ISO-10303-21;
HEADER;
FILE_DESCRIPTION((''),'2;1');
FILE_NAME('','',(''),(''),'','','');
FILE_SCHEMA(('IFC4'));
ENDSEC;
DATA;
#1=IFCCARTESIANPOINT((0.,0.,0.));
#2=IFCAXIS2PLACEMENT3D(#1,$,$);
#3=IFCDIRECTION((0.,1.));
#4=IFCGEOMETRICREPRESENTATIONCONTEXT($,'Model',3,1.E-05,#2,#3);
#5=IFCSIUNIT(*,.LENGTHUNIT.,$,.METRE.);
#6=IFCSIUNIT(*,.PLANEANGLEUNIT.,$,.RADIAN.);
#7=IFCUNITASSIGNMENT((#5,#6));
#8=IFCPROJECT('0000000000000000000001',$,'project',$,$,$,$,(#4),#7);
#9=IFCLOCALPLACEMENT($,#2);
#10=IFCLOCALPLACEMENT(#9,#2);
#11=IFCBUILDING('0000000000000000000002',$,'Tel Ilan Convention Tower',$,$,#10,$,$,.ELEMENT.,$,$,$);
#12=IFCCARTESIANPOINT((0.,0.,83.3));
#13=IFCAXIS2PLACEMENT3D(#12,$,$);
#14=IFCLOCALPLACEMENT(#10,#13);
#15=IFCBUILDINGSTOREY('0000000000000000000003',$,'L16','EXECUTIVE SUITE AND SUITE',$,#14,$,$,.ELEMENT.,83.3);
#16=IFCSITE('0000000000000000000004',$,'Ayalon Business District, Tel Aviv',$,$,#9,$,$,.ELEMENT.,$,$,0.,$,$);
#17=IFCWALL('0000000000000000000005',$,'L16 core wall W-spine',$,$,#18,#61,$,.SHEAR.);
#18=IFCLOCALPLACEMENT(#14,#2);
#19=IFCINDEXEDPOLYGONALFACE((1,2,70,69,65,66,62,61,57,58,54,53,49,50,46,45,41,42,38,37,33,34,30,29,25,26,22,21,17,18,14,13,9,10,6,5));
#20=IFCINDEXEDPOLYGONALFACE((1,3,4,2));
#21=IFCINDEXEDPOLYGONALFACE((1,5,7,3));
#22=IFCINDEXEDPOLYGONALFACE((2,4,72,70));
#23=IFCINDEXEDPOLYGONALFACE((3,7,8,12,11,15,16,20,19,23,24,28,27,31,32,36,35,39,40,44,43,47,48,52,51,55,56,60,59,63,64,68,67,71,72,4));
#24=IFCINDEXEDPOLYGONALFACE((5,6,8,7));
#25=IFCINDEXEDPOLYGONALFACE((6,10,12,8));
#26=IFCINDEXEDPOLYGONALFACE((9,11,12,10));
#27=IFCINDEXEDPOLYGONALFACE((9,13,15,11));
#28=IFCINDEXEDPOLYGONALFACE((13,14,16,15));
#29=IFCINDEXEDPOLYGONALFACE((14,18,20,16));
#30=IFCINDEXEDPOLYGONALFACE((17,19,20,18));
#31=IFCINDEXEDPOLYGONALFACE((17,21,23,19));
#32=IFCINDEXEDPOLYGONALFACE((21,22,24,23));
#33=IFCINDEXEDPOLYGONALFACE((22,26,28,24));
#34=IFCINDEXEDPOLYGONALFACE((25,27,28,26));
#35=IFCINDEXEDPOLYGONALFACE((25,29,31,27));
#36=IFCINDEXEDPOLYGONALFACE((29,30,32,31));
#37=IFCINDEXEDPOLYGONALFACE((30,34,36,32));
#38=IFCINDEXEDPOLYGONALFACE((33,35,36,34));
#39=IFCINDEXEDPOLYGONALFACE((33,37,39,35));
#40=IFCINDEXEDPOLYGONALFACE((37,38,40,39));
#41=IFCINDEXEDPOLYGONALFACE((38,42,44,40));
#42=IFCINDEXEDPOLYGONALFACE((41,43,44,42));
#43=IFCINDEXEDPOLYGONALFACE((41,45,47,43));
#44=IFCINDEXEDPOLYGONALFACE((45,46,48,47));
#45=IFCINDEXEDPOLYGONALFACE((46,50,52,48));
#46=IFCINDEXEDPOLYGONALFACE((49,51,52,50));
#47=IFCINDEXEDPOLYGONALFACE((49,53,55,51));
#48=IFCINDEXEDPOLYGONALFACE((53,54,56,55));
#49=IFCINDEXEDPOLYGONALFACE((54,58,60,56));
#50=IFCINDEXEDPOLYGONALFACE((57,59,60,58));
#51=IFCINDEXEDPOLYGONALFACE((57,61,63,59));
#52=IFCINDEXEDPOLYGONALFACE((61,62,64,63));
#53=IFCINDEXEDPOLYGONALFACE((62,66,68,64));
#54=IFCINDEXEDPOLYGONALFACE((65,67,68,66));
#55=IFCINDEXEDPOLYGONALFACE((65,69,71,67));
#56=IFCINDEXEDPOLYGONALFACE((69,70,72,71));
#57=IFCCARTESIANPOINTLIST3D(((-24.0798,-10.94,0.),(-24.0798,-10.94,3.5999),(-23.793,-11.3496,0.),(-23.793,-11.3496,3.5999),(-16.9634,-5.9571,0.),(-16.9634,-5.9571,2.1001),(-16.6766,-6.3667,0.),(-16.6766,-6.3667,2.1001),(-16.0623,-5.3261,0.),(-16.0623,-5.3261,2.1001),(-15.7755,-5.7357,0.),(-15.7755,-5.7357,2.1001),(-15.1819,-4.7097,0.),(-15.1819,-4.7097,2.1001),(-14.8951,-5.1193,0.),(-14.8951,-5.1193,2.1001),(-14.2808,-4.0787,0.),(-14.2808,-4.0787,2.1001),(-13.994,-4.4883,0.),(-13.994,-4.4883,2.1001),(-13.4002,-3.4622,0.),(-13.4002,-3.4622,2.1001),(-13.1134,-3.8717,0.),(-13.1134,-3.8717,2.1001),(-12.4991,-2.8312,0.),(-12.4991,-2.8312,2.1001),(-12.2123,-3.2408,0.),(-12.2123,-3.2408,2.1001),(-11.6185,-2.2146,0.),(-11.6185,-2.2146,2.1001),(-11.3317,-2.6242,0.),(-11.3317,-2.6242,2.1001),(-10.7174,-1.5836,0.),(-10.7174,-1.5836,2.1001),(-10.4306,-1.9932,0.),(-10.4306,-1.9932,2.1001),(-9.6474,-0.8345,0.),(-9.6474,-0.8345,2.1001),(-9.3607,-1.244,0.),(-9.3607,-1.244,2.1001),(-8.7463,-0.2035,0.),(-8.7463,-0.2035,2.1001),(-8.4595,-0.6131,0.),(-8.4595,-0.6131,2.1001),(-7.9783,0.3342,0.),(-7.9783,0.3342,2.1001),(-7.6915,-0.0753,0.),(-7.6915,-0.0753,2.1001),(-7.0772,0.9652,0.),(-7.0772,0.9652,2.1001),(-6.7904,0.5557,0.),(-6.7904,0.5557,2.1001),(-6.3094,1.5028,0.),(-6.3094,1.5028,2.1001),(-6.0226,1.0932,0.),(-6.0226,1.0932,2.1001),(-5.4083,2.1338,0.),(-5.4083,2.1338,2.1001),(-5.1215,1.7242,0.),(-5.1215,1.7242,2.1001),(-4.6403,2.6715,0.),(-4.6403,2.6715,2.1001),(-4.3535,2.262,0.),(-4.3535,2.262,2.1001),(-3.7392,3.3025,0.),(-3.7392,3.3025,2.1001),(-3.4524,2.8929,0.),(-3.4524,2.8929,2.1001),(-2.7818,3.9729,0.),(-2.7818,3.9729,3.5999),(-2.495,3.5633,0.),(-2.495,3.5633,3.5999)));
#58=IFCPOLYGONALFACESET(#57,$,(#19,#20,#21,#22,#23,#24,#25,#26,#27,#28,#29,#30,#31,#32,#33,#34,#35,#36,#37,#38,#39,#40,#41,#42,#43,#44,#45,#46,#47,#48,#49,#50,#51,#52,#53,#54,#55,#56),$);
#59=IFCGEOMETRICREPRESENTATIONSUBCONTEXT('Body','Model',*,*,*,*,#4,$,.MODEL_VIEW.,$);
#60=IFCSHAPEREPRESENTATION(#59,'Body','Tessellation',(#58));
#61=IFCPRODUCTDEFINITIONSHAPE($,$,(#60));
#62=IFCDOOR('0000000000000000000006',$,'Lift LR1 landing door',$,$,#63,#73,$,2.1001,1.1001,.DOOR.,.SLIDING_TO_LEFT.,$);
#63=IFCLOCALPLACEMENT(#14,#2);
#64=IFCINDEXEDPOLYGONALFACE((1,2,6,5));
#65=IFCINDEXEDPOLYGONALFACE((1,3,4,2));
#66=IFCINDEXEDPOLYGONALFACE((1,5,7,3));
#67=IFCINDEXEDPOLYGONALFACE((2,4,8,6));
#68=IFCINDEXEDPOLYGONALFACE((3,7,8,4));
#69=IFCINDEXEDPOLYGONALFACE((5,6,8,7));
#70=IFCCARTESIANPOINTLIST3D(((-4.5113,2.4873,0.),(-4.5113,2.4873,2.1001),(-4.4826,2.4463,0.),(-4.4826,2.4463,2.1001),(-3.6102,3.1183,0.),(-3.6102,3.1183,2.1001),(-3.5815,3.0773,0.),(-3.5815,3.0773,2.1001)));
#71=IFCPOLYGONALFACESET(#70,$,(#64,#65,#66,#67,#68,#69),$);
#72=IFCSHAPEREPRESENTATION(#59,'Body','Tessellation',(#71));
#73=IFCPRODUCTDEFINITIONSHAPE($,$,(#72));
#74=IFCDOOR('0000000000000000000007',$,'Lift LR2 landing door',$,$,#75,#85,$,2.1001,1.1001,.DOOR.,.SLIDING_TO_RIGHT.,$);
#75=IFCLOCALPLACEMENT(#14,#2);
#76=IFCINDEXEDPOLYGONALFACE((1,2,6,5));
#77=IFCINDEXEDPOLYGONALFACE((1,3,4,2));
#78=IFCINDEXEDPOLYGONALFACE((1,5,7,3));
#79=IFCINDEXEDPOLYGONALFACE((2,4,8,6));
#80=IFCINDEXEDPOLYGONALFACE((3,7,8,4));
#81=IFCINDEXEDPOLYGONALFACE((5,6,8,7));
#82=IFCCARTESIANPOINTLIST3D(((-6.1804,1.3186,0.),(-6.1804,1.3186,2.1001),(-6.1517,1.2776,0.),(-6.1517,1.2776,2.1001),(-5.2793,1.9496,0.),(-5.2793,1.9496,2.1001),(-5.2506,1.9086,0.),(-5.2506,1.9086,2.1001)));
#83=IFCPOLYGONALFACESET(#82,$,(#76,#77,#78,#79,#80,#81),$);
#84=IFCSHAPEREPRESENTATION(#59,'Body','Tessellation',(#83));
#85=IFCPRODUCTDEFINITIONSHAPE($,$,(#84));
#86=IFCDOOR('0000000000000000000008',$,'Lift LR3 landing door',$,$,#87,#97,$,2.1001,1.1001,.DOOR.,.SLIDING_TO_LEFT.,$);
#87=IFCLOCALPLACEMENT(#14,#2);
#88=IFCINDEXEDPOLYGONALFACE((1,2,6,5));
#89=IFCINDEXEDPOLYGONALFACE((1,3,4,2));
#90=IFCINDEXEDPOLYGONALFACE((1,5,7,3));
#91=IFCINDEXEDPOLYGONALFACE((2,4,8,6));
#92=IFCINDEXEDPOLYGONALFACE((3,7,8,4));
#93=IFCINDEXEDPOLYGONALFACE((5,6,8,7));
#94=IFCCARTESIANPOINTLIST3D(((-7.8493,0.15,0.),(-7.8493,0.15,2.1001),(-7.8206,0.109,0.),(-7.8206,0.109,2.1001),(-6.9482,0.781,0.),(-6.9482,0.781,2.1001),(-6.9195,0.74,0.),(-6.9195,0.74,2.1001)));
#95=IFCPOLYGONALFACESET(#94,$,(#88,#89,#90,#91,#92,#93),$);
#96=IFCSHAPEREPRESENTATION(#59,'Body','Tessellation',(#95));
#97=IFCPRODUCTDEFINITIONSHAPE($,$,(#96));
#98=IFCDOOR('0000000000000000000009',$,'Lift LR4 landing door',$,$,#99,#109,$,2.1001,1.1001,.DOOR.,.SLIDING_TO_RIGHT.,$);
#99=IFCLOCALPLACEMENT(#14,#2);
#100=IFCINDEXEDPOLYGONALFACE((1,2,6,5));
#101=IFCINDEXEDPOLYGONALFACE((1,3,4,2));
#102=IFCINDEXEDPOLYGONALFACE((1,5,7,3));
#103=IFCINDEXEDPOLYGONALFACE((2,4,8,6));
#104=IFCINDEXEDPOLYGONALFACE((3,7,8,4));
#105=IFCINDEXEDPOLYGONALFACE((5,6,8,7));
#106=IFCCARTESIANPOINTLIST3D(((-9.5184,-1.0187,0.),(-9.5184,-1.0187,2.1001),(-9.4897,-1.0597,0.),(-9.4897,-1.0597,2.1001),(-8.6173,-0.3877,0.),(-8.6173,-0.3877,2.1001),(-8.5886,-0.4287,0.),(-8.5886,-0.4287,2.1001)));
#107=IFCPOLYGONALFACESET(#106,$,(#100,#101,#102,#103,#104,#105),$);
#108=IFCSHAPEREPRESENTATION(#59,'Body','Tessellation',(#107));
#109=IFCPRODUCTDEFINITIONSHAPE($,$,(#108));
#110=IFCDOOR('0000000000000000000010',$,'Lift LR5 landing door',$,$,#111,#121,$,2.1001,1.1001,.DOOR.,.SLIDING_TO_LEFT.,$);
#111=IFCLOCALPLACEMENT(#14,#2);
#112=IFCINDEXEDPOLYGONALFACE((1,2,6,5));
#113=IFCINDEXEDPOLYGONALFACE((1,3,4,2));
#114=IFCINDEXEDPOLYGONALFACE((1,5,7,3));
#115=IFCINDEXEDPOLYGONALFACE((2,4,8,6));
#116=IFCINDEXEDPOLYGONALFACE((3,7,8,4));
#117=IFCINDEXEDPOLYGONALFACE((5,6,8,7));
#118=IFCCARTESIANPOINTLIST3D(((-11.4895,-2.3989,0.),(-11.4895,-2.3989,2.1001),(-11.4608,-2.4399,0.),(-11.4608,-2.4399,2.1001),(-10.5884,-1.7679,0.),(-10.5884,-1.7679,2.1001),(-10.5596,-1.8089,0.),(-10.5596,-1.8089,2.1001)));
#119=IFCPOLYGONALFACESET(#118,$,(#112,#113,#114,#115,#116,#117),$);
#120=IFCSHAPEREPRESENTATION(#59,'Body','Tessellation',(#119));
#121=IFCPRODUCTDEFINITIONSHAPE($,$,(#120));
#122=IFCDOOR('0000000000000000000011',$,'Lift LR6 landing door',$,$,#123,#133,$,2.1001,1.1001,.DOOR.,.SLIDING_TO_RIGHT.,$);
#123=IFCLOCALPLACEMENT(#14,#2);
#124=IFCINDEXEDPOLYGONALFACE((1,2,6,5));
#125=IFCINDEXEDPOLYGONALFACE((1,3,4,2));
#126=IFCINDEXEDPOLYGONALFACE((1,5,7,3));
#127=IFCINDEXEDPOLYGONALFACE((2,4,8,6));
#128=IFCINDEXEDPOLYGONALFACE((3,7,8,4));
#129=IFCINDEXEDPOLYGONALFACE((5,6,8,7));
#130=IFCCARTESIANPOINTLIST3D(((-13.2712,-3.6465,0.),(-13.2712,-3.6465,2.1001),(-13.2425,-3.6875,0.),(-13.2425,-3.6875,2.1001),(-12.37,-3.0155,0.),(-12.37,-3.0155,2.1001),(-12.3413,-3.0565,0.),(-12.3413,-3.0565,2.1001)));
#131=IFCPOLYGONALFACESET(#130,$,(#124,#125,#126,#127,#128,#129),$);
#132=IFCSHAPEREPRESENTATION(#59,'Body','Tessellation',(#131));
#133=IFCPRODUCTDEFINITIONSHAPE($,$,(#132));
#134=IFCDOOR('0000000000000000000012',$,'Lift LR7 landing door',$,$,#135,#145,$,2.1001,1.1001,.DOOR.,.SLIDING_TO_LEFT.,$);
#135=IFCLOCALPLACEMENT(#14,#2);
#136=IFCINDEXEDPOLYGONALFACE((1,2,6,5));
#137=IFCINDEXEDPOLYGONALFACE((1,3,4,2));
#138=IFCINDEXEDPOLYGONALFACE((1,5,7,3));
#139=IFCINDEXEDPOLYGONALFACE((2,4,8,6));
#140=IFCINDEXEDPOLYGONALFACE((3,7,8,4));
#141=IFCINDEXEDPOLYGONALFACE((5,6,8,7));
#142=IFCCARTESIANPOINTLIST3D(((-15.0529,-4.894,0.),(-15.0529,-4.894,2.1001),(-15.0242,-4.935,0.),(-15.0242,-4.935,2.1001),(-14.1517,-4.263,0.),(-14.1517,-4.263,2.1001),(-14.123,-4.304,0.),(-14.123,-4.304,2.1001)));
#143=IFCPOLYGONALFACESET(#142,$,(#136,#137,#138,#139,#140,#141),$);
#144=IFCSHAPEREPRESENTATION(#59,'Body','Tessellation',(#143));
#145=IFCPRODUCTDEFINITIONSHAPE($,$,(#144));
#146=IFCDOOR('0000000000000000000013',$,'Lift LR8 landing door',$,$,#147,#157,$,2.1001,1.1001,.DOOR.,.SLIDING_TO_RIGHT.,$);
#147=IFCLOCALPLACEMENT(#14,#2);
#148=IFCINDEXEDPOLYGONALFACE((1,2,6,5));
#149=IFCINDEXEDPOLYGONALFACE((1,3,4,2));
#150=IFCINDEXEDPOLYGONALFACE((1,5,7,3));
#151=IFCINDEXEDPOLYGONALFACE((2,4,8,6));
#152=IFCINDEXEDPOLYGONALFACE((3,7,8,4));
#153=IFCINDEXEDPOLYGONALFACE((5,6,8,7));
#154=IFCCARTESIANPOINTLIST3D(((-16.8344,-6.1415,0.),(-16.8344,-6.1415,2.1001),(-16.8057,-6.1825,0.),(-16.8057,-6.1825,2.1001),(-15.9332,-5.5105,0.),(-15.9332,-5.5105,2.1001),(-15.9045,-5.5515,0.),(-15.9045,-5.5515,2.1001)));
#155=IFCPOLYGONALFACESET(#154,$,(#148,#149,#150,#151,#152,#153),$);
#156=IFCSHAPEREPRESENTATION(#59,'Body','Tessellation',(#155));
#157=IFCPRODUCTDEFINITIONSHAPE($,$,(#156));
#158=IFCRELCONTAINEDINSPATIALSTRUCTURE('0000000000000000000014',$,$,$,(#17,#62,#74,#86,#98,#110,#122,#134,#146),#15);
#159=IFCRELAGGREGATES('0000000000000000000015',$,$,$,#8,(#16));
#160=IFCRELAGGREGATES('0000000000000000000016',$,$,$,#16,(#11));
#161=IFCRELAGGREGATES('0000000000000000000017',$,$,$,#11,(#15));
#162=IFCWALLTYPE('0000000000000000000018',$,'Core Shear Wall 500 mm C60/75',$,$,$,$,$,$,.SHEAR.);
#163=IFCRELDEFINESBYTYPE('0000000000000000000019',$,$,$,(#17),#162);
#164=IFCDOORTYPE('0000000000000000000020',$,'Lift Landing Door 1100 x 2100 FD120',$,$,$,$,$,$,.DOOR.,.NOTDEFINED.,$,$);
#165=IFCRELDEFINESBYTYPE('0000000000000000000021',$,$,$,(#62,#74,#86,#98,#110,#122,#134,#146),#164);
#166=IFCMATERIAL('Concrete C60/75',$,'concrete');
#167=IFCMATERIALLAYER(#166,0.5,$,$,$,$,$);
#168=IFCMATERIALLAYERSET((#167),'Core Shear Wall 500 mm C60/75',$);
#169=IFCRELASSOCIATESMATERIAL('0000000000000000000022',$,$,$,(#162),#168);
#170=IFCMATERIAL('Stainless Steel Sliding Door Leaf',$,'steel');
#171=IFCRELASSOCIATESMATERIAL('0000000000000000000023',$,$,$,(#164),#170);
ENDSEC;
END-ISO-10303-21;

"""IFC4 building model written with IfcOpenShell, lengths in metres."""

from ifc_helpers import new_model, si_unit, direction, frame, frame_2d, origin, place, context, subcontext, project, spatial, polyline, rectangle, outline, extrude, material, layer, layer_set, type_object, element, fill, save


model = new_model("IFC4")

# Units and contexts
model_context = context("Model", 3, precision=1e-05, world=origin(), true_north=direction((0.0, 1.0)))
body_context = subcontext(model_context, "Body", "Model", "MODEL_VIEW")
ifc_project = project(units=[si_unit("LENGTHUNIT", "METRE"), si_unit("PLANEANGLEUNIT", "RADIAN")], contexts=[model_context])

# Site, building, storey
site_placement = place(None, origin())
site = spatial("IfcSite", under=ifc_project, at=site_placement, Name="Ayalon Business District, Tel Aviv", CompositionType="ELEMENT", RefElevation=0.0)
building_placement = place(site_placement, origin())
building = spatial("IfcBuilding", under=site, at=building_placement, Name="Tel Ilan Convention Tower", CompositionType="ELEMENT")
storey_placement = place(building_placement, frame((0.0, 0.0, 83.3)))
storey = spatial("IfcBuildingStorey", under=building, at=storey_placement, Name="L16", Description="EXECUTIVE SUITE AND SUITE", CompositionType="ELEMENT", Elevation=83.3)

# Wall, openings, doors
ifc_material_1 = material(Name="Concrete C60/75", Category="concrete")
ifc_layer_1 = layer(ifc_material_1, 0.5)
ifc_layer_set_1 = layer_set([ifc_layer_1], Name="Core Shear Wall 500 mm C60/75")
wall_type_1 = type_object("IfcWallType", Name="Core Shear Wall 500 mm C60/75", PredefinedType="SHEAR", material=ifc_layer_set_1)
wall_1_placement = place(storey_placement, frame((-2.6384, 3.7681, 0.0), z_axis=(0.0, 0.0, 1.0), x_axis=(-0.819149, -0.573581, 0.0)))
wall_1 = element("IfcWall", 1, at=wall_1_placement, inside=storey, type_object=wall_type_1, Name="L16 core wall W-spine", PredefinedType="SHEAR", context=body_context, shape_type="SweptSolid", body=[
    extrude(outline(polyline([(26.0, 0.2498), (0.0, 0.25), (0.0, -0.25), (26.0, -0.2502), (26.0, 0.2498)])), origin(), (0.0, 0.0, 1.0), 3.5999),
])
opening_1_placement = place(wall_1_placement, frame((1.1687, 0.0, 0.0)))
opening_1 = element("IfcOpeningElement", 2, at=opening_1_placement, cuts=wall_1, PredefinedType="OPENING", context=body_context, shape_type="SweptSolid", body=[
    extrude(rectangle(XDim=1.1001, YDim=2.1001, at=frame_2d((0.55, 1.05))), frame((0.0, 0.26, 0.0), z_axis=(0.0, -1.0, 0.0), x_axis=(1.0, 0.0, 0.0)), (0.0, 0.0, 1.0), 0.52),
])
opening_2_placement = place(wall_1_placement, frame((3.2063, 0.0, 0.0)))
opening_2 = element("IfcOpeningElement", 3, at=opening_2_placement, cuts=wall_1, PredefinedType="OPENING", context=body_context, shape_type="SweptSolid", body=[
    extrude(rectangle(XDim=1.1001, YDim=2.1001, at=frame_2d((0.55, 1.05))), frame((0.0, 0.26, 0.0), z_axis=(0.0, -1.0, 0.0), x_axis=(1.0, 0.0, 0.0)), (0.0, 0.0, 1.0), 0.52),
])
opening_3_placement = place(wall_1_placement, frame((5.2437, 0.0, 0.0)))
opening_3 = element("IfcOpeningElement", 4, at=opening_3_placement, cuts=wall_1, PredefinedType="OPENING", context=body_context, shape_type="SweptSolid", body=[
    extrude(rectangle(XDim=1.1001, YDim=2.1001, at=frame_2d((0.55, 1.05))), frame((0.0, 0.26, 0.0), z_axis=(0.0, -1.0, 0.0), x_axis=(1.0, 0.0, 0.0)), (0.0, 0.0, 1.0), 0.52),
])
opening_4_placement = place(wall_1_placement, frame((7.2812, 0.0, 0.0)))
opening_4 = element("IfcOpeningElement", 5, at=opening_4_placement, cuts=wall_1, PredefinedType="OPENING", context=body_context, shape_type="SweptSolid", body=[
    extrude(rectangle(XDim=1.1001, YDim=2.1001, at=frame_2d((0.55, 1.05))), frame((0.0, 0.26, 0.0), z_axis=(0.0, -1.0, 0.0), x_axis=(1.0, 0.0, 0.0)), (0.0, 0.0, 1.0), 0.52),
])
opening_5_placement = place(wall_1_placement, frame((9.6875, 0.0, 0.0)))
opening_5 = element("IfcOpeningElement", 6, at=opening_5_placement, cuts=wall_1, PredefinedType="OPENING", context=body_context, shape_type="SweptSolid", body=[
    extrude(rectangle(XDim=1.1001, YDim=2.1001, at=frame_2d((0.55, 1.05))), frame((0.0, 0.26, 0.0), z_axis=(0.0, -1.0, 0.0), x_axis=(1.0, 0.0, 0.0)), (0.0, 0.0, 1.0), 0.52),
])
opening_6_placement = place(wall_1_placement, frame((11.8625, 0.0, 0.0)))
opening_6 = element("IfcOpeningElement", 7, at=opening_6_placement, cuts=wall_1, PredefinedType="OPENING", context=body_context, shape_type="SweptSolid", body=[
    extrude(rectangle(XDim=1.1001, YDim=2.1001, at=frame_2d((0.55, 1.05))), frame((0.0, 0.26, 0.0), z_axis=(0.0, -1.0, 0.0), x_axis=(1.0, 0.0, 0.0)), (0.0, 0.0, 1.0), 0.52),
])
opening_7_placement = place(wall_1_placement, frame((14.0376, 0.0, 0.0)))
opening_7 = element("IfcOpeningElement", 8, at=opening_7_placement, cuts=wall_1, PredefinedType="OPENING", context=body_context, shape_type="SweptSolid", body=[
    extrude(rectangle(XDim=1.1001, YDim=2.1001, at=frame_2d((0.55, 1.05))), frame((0.0, 0.26, 0.0), z_axis=(0.0, -1.0, 0.0), x_axis=(1.0, 0.0, 0.0)), (0.0, 0.0, 1.0), 0.52),
])
opening_8_placement = place(wall_1_placement, frame((16.2124, 0.0, 0.0)))
opening_8 = element("IfcOpeningElement", 9, at=opening_8_placement, cuts=wall_1, PredefinedType="OPENING", context=body_context, shape_type="SweptSolid", body=[
    extrude(rectangle(XDim=1.1001, YDim=2.1001, at=frame_2d((0.55, 1.05))), frame((0.0, 0.26, 0.0), z_axis=(0.0, -1.0, 0.0), x_axis=(1.0, 0.0, 0.0)), (0.0, 0.0, 1.0), 0.52),
])
ifc_material_2 = material(Name="Stainless Steel Sliding Door Leaf", Category="steel")
door_type_1 = type_object("IfcDoorType", Name="Lift Landing Door 1100 x 2100 FD120", OperationType="NOTDEFINED", PredefinedType="DOOR", material=ifc_material_2)
door_1_placement = place(opening_1_placement, origin())
door_1 = element("IfcDoor", 10, at=door_1_placement, inside=storey, type_object=door_type_1, Name="Lift LR1 landing door", OperationType="SLIDING_TO_LEFT", OverallHeight=2.1001, OverallWidth=1.1001, PredefinedType="DOOR", context=body_context, shape_type="SweptSolid", body=[
    extrude(rectangle(XDim=1.1001, YDim=2.1001, at=frame_2d((0.55, 1.05))), frame((0.0, 0.0249, 0.0), z_axis=(0.0, -1.0, 0.0), x_axis=(1.0, 0.0, 0.0)), (0.0, 0.0, 1.0), 0.05),
])
fill(opening_1, door_1)
door_2_placement = place(opening_2_placement, origin())
door_2 = element("IfcDoor", 11, at=door_2_placement, inside=storey, type_object=door_type_1, Name="Lift LR2 landing door", OperationType="SLIDING_TO_RIGHT", OverallHeight=2.1001, OverallWidth=1.1001, PredefinedType="DOOR", context=body_context, shape_type="SweptSolid", body=[
    extrude(rectangle(XDim=1.1001, YDim=2.1001, at=frame_2d((0.55, 1.05))), frame((0.0, 0.0249, 0.0), z_axis=(0.0, -1.0, 0.0), x_axis=(1.0, 0.0, 0.0)), (0.0, 0.0, 1.0), 0.05),
])
fill(opening_2, door_2)
door_3_placement = place(opening_3_placement, origin())
door_3 = element("IfcDoor", 12, at=door_3_placement, inside=storey, type_object=door_type_1, Name="Lift LR3 landing door", OperationType="SLIDING_TO_LEFT", OverallHeight=2.1001, OverallWidth=1.1001, PredefinedType="DOOR", context=body_context, shape_type="SweptSolid", body=[
    extrude(rectangle(XDim=1.1001, YDim=2.1001, at=frame_2d((0.55, 1.05))), frame((0.0, 0.0249, 0.0), z_axis=(0.0, -1.0, 0.0), x_axis=(1.0, 0.0, 0.0)), (0.0, 0.0, 1.0), 0.05),
])
fill(opening_3, door_3)
door_4_placement = place(opening_4_placement, origin())
door_4 = element("IfcDoor", 13, at=door_4_placement, inside=storey, type_object=door_type_1, Name="Lift LR4 landing door", OperationType="SLIDING_TO_RIGHT", OverallHeight=2.1001, OverallWidth=1.1001, PredefinedType="DOOR", context=body_context, shape_type="SweptSolid", body=[
    extrude(rectangle(XDim=1.1001, YDim=2.1001, at=frame_2d((0.55, 1.05))), frame((0.0, 0.0249, 0.0), z_axis=(0.0, -1.0, 0.0), x_axis=(1.0, 0.0, 0.0)), (0.0, 0.0, 1.0), 0.05),
])
fill(opening_4, door_4)
door_5_placement = place(opening_5_placement, origin())
door_5 = element("IfcDoor", 14, at=door_5_placement, inside=storey, type_object=door_type_1, Name="Lift LR5 landing door", OperationType="SLIDING_TO_LEFT", OverallHeight=2.1001, OverallWidth=1.1001, PredefinedType="DOOR", context=body_context, shape_type="SweptSolid", body=[
    extrude(rectangle(XDim=1.1001, YDim=2.1001, at=frame_2d((0.55, 1.05))), frame((0.0, 0.0249, 0.0), z_axis=(0.0, -1.0, 0.0), x_axis=(1.0, 0.0, 0.0)), (0.0, 0.0, 1.0), 0.05),
])
fill(opening_5, door_5)
door_6_placement = place(opening_6_placement, origin())
door_6 = element("IfcDoor", 15, at=door_6_placement, inside=storey, type_object=door_type_1, Name="Lift LR6 landing door", OperationType="SLIDING_TO_RIGHT", OverallHeight=2.1001, OverallWidth=1.1001, PredefinedType="DOOR", context=body_context, shape_type="SweptSolid", body=[
    extrude(rectangle(XDim=1.1001, YDim=2.1001, at=frame_2d((0.55, 1.05))), frame((0.0, 0.0249, 0.0), z_axis=(0.0, -1.0, 0.0), x_axis=(1.0, 0.0, 0.0)), (0.0, 0.0, 1.0), 0.05),
])
fill(opening_6, door_6)
door_7_placement = place(opening_7_placement, origin())
door_7 = element("IfcDoor", 16, at=door_7_placement, inside=storey, type_object=door_type_1, Name="Lift LR7 landing door", OperationType="SLIDING_TO_LEFT", OverallHeight=2.1001, OverallWidth=1.1001, PredefinedType="DOOR", context=body_context, shape_type="SweptSolid", body=[
    extrude(rectangle(XDim=1.1001, YDim=2.1001, at=frame_2d((0.55, 1.05))), frame((0.0, 0.0249, 0.0), z_axis=(0.0, -1.0, 0.0), x_axis=(1.0, 0.0, 0.0)), (0.0, 0.0, 1.0), 0.05),
])
fill(opening_7, door_7)
door_8_placement = place(opening_8_placement, origin())
door_8 = element("IfcDoor", 17, at=door_8_placement, inside=storey, type_object=door_type_1, Name="Lift LR8 landing door", OperationType="SLIDING_TO_RIGHT", OverallHeight=2.1001, OverallWidth=1.1001, PredefinedType="DOOR", context=body_context, shape_type="SweptSolid", body=[
    extrude(rectangle(XDim=1.1001, YDim=2.1001, at=frame_2d((0.55, 1.05))), frame((0.0, 0.0249, 0.0), z_axis=(0.0, -1.0, 0.0), x_axis=(1.0, 0.0, 0.0)), (0.0, 0.0, 1.0), 0.05),
])
fill(opening_8, door_8)

save(model, "model.ifc")
